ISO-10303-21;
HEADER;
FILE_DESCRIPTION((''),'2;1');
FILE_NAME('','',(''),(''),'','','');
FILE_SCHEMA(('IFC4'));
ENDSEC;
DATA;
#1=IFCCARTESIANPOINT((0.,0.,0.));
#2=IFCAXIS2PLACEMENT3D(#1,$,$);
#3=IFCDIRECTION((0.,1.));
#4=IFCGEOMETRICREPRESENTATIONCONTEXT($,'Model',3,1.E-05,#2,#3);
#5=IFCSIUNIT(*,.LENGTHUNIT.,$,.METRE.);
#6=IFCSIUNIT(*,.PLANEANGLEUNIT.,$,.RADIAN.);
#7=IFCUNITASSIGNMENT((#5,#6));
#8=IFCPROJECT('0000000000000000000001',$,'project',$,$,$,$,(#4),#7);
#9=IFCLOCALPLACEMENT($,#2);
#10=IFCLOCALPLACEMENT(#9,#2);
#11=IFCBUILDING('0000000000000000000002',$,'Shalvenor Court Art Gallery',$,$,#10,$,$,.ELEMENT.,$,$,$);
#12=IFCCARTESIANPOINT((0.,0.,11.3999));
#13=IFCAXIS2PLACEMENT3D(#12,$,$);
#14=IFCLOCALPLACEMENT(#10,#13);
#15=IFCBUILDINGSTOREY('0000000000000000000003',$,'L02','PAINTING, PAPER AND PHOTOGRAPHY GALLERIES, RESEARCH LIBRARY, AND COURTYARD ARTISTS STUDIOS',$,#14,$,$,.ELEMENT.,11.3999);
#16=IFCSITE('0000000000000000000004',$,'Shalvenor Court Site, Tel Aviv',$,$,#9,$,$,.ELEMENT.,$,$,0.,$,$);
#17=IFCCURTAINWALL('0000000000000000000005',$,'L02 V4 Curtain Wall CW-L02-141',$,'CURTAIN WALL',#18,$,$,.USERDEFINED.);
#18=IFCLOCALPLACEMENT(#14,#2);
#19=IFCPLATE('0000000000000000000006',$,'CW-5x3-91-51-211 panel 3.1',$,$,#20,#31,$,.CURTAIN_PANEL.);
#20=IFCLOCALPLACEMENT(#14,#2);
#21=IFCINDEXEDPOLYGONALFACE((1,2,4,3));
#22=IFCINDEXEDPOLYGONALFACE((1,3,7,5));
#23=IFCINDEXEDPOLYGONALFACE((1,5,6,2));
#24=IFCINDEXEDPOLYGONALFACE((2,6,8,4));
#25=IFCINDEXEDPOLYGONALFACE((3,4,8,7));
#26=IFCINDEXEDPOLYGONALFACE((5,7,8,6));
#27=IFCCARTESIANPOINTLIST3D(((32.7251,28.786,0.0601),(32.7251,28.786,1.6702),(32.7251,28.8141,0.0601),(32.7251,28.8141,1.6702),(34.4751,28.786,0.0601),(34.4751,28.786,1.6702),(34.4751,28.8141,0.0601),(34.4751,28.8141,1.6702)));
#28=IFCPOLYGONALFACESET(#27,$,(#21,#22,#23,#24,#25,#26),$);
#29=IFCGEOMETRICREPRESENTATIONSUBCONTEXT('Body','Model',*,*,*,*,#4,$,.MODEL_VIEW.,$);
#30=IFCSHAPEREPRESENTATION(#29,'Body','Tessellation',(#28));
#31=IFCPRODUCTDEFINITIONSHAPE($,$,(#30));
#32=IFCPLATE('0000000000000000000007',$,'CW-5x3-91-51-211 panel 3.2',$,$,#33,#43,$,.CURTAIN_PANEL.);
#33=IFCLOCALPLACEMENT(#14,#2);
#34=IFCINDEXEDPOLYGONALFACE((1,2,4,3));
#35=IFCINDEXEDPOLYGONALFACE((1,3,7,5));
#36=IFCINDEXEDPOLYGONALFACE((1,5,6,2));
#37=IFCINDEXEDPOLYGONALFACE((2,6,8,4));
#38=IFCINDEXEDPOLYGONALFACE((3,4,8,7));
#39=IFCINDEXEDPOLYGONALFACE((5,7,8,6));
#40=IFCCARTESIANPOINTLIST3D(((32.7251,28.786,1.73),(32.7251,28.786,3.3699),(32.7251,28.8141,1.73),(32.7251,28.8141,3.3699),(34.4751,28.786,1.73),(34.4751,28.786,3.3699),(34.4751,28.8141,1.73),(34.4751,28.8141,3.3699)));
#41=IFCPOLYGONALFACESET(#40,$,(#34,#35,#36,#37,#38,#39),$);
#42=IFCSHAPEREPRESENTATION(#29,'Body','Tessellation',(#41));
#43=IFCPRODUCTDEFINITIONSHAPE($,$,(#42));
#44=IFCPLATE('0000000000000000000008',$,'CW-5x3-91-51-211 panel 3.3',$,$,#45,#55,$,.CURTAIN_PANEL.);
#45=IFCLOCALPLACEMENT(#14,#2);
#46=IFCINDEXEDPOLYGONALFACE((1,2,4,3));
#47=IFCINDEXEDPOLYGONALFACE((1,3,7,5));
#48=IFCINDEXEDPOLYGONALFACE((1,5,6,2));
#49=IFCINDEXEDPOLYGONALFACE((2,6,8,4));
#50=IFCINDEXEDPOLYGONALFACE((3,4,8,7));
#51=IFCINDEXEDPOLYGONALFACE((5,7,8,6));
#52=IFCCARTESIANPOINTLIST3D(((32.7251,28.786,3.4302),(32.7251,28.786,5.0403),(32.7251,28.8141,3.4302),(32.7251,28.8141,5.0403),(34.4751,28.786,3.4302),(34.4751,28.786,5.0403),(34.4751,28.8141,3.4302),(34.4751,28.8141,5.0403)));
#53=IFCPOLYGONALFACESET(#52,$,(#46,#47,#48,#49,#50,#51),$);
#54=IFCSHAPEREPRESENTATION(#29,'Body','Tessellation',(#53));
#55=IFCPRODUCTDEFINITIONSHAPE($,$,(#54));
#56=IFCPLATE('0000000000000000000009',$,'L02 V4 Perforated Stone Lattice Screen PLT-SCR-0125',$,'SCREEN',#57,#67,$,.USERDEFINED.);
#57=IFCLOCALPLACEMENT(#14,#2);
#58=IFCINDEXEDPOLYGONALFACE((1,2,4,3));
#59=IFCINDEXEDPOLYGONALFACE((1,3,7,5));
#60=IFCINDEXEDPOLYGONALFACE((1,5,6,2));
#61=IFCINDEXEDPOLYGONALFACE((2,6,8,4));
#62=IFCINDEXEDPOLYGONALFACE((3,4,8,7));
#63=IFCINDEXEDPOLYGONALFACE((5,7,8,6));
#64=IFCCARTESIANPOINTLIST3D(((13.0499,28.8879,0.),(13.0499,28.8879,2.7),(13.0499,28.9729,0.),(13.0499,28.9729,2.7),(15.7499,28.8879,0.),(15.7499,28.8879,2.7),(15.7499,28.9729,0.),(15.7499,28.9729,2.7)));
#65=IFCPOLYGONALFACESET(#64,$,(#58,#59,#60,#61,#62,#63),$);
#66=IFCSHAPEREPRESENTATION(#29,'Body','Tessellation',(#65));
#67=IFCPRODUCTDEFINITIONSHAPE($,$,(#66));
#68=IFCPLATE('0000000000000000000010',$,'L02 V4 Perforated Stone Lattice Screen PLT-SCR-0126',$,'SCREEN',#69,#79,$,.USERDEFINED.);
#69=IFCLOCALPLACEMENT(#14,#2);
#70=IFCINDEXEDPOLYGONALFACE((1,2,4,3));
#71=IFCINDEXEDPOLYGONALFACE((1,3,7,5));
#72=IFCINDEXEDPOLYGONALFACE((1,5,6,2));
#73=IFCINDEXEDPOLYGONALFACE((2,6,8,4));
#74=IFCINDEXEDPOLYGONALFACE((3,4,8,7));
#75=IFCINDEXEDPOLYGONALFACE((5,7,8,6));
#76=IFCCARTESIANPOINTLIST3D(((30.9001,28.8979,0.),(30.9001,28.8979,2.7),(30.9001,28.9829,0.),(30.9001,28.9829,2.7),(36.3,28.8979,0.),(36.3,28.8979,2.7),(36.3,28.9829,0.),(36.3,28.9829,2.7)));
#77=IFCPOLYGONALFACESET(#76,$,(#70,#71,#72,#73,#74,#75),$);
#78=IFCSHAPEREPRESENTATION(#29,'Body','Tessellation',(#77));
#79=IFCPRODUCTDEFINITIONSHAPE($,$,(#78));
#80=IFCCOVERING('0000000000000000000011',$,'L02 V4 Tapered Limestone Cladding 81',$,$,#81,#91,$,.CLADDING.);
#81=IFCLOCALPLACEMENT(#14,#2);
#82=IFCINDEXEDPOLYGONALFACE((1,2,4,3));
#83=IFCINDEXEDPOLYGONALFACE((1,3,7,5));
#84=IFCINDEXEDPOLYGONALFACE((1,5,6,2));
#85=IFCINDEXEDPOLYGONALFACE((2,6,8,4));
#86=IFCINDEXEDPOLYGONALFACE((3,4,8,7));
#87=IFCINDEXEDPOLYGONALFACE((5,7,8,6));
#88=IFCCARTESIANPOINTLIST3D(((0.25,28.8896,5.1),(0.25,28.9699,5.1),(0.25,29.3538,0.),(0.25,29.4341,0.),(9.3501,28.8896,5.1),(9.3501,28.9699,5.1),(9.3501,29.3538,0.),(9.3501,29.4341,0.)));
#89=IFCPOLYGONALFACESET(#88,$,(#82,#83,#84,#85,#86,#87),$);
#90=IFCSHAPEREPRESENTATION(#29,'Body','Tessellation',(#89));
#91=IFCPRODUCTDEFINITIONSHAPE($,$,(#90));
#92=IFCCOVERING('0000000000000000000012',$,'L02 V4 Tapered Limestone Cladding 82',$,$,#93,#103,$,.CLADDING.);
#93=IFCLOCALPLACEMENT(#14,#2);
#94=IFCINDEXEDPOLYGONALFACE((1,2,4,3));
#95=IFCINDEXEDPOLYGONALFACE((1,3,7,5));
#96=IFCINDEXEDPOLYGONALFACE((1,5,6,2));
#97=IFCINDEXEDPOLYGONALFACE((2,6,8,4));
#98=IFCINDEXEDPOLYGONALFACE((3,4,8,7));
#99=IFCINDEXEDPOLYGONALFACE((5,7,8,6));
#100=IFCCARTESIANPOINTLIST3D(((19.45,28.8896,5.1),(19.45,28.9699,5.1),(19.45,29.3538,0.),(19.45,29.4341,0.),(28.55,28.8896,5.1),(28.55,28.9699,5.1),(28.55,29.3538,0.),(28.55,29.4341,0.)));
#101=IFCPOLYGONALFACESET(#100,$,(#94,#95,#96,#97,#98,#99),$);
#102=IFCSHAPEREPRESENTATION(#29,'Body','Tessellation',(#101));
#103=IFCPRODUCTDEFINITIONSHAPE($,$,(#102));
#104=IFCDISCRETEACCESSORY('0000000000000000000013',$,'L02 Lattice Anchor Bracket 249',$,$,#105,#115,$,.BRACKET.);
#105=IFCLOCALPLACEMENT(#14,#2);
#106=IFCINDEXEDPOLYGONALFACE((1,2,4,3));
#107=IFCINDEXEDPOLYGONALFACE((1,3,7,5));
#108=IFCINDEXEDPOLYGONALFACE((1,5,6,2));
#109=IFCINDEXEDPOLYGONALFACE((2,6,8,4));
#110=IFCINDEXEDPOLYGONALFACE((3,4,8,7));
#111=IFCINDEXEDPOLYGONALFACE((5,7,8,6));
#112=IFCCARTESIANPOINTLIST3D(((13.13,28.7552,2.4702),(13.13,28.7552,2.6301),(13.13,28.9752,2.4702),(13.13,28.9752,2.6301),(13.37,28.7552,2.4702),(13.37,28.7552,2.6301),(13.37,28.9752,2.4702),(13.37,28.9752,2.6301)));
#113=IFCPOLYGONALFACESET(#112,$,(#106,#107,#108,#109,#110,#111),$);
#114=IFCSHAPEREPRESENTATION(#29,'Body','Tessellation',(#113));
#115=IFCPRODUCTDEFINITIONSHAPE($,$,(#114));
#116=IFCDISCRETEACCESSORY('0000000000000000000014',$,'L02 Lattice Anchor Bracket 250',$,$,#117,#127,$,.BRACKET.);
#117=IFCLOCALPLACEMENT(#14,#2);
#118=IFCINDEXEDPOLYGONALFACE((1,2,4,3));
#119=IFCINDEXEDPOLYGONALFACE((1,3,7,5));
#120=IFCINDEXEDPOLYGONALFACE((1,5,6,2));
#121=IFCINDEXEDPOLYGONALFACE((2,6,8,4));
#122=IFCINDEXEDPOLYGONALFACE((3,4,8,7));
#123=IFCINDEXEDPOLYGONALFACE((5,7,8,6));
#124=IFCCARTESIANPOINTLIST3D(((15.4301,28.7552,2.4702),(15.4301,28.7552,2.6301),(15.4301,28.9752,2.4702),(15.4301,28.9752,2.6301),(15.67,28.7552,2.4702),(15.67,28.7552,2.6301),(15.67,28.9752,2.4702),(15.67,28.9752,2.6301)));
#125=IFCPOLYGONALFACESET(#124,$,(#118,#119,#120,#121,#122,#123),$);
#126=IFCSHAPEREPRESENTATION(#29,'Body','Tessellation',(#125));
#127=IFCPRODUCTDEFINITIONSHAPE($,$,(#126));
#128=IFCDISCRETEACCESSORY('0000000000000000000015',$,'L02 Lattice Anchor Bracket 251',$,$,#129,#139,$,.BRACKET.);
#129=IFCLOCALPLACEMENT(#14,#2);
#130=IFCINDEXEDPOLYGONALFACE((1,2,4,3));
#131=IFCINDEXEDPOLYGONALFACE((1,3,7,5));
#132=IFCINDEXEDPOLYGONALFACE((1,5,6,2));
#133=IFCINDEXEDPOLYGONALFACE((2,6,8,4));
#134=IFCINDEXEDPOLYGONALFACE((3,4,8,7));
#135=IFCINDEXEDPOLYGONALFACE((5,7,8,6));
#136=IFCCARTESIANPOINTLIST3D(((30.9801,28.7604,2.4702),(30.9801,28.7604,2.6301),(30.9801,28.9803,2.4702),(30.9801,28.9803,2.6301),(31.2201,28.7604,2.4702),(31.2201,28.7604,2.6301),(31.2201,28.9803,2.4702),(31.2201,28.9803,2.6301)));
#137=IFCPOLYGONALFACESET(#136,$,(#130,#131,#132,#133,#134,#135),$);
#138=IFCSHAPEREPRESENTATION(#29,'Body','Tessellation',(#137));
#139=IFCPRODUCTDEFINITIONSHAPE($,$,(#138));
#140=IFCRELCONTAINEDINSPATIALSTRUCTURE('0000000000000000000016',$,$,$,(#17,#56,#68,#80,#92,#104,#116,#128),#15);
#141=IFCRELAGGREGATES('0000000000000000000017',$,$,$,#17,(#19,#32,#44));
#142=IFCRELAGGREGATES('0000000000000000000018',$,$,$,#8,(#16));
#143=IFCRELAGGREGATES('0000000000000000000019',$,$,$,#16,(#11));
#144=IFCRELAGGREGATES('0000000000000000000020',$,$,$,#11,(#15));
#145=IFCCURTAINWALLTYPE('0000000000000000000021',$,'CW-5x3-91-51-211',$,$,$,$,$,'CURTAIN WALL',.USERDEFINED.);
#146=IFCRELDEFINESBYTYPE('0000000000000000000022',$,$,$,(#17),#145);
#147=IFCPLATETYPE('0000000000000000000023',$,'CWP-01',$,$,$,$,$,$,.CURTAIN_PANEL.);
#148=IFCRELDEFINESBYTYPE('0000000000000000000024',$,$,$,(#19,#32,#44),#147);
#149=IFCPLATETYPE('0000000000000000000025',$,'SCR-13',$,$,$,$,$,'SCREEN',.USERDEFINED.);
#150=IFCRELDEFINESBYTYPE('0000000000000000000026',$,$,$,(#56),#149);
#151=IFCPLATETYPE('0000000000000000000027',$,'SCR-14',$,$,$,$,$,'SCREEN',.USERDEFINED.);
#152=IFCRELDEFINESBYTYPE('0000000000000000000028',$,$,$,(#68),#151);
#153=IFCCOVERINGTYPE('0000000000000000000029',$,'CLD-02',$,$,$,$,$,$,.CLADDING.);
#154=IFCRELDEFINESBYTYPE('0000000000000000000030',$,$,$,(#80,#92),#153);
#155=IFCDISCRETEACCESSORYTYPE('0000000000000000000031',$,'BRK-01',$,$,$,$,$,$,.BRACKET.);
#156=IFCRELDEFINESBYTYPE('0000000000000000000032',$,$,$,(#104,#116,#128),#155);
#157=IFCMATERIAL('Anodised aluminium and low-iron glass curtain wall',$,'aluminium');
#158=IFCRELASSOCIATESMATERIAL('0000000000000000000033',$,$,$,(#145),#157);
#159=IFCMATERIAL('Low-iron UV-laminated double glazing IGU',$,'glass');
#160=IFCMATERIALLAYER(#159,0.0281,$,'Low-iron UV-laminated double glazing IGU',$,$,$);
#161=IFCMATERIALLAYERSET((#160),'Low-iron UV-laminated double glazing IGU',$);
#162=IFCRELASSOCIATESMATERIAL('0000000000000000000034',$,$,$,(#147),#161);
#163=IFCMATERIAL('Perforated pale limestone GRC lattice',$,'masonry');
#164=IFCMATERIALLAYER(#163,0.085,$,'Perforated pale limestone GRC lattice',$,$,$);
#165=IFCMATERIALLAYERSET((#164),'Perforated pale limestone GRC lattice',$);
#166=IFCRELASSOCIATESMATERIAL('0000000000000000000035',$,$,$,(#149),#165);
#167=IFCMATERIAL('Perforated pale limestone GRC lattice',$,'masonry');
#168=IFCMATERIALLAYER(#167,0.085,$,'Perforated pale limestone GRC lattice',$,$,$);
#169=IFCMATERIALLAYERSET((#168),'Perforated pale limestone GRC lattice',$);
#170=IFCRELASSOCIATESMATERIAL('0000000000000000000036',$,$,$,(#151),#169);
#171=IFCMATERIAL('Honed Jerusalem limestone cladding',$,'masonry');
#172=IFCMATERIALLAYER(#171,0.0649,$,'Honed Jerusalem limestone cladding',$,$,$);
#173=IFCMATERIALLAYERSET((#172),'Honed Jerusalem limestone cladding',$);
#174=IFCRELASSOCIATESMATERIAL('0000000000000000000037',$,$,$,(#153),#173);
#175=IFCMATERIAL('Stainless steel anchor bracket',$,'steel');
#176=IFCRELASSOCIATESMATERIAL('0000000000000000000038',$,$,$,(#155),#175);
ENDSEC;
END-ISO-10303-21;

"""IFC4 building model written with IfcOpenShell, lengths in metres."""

from ifc_helpers import new_model, si_unit, direction, frame, origin, origin_2d, place, context, subcontext, project, spatial, polyline, rectangle, outline, extrude, material, layer, layer_set, type_object, element, aggregate, save


model = new_model("IFC4")

# Units and contexts
model_context = context("Model", 3, precision=1e-05, world=origin(), true_north=direction((0.0, 1.0)))
body_context = subcontext(model_context, "Body", "Model", "MODEL_VIEW")
ifc_project = project(units=[si_unit("LENGTHUNIT", "METRE"), si_unit("PLANEANGLEUNIT", "RADIAN")], contexts=[model_context])

# Site, building, storey
site_placement = place(None, origin())
site = spatial("IfcSite", under=ifc_project, at=site_placement, Name="Shalvenor Court Site, Tel Aviv", CompositionType="ELEMENT", RefElevation=0.0)
building_placement = place(site_placement, origin())
building = spatial("IfcBuilding", under=site, at=building_placement, Name="Shalvenor Court Art Gallery", CompositionType="ELEMENT")
storey_placement = place(building_placement, frame((0.0, 0.0, 11.3999)))
storey = spatial("IfcBuildingStorey", under=building, at=storey_placement, Name="L02", Description="PAINTING, PAPER AND PHOTOGRAPHY GALLERIES, RESEARCH LIBRARY, AND COURTYARD ARTISTS STUDIOS", CompositionType="ELEMENT", Elevation=11.3999)

# Curtain wall, plates
ifc_material_1 = material(Name="Anodised aluminium and low-iron glass curtain wall", Category="aluminium")
curtain_wall_type = type_object("IfcCurtainWallType", Name="CW-5x3-91-51-211", ElementType="CURTAIN WALL", PredefinedType="USERDEFINED", material=ifc_material_1)
curtain_wall_placement = place(storey_placement, origin())
curtain_wall = element("IfcCurtainWall", 1, at=curtain_wall_placement, inside=storey, type_object=curtain_wall_type, Name="L02 V4 Curtain Wall CW-L02-141", ObjectType="CURTAIN WALL", PredefinedType="USERDEFINED")
ifc_material_2 = material(Name="Low-iron UV-laminated double glazing IGU", Category="glass")
ifc_layer_1 = layer(ifc_material_2, 0.0281, Name="Low-iron UV-laminated double glazing IGU")
ifc_layer_set_1 = layer_set([ifc_layer_1], Name="Low-iron UV-laminated double glazing IGU")
plate_type_1 = type_object("IfcPlateType", Name="CWP-01", PredefinedType="CURTAIN_PANEL", material=ifc_layer_set_1)
plate_1_placement = place(storey_placement, frame((33.6001, 28.8, 0.0601), z_axis=(0.0, 0.0, 1.0), x_axis=(1.0, 0.0, 0.0)))
plate_1 = element("IfcPlate", 2, at=plate_1_placement, type_object=plate_type_1, Name="CW-5x3-91-51-211 panel 3.1", PredefinedType="CURTAIN_PANEL", context=body_context, shape_type="SweptSolid", body=[
    extrude(rectangle(XDim=1.75, YDim=0.0281, at=origin_2d()), origin(), (0.0, 0.0, 1.0), 1.6101),
])
plate_2_placement = place(storey_placement, frame((33.6001, 28.8, 1.73), z_axis=(0.0, 0.0, 1.0), x_axis=(1.0, 0.0, 0.0)))
plate_2 = element("IfcPlate", 3, at=plate_2_placement, type_object=plate_type_1, Name="CW-5x3-91-51-211 panel 3.2", PredefinedType="CURTAIN_PANEL", context=body_context, shape_type="SweptSolid", body=[
    extrude(rectangle(XDim=1.75, YDim=0.0281, at=origin_2d()), origin(), (0.0, 0.0, 1.0), 1.6399),
])
plate_3_placement = place(storey_placement, frame((33.6001, 28.8, 3.4302), z_axis=(0.0, 0.0, 1.0), x_axis=(1.0, 0.0, 0.0)))
plate_3 = element("IfcPlate", 4, at=plate_3_placement, type_object=plate_type_1, Name="CW-5x3-91-51-211 panel 3.3", PredefinedType="CURTAIN_PANEL", context=body_context, shape_type="SweptSolid", body=[
    extrude(rectangle(XDim=1.75, YDim=0.0281, at=origin_2d()), origin(), (0.0, 0.0, 1.0), 1.6101),
])
aggregate(curtain_wall, [plate_1, plate_2, plate_3])

# Plates
ifc_material_3 = material(Name="Perforated pale limestone GRC lattice", Category="masonry")
ifc_layer_2 = layer(ifc_material_3, 0.085, Name="Perforated pale limestone GRC lattice")
ifc_layer_set_2 = layer_set([ifc_layer_2], Name="Perforated pale limestone GRC lattice")
plate_type_2 = type_object("IfcPlateType", Name="SCR-13", ElementType="SCREEN", PredefinedType="USERDEFINED", material=ifc_layer_set_2)
plate_4_placement = place(storey_placement, frame((14.3999, 28.9304, 0.0), z_axis=(0.0, 0.0, 1.0), x_axis=(1.0, 0.0, 0.0)))
element("IfcPlate", 5, at=plate_4_placement, inside=storey, type_object=plate_type_2, Name="L02 V4 Perforated Stone Lattice Screen PLT-SCR-0125", ObjectType="SCREEN", PredefinedType="USERDEFINED", context=body_context, shape_type="SweptSolid", body=[
    extrude(rectangle(XDim=2.7, YDim=0.085, at=origin_2d()), origin(), (0.0, 0.0, 1.0), 2.7),
])
ifc_material_4 = material(Name="Perforated pale limestone GRC lattice", Category="masonry")
ifc_layer_3 = layer(ifc_material_4, 0.085, Name="Perforated pale limestone GRC lattice")
ifc_layer_set_3 = layer_set([ifc_layer_3], Name="Perforated pale limestone GRC lattice")
plate_type_3 = type_object("IfcPlateType", Name="SCR-14", ElementType="SCREEN", PredefinedType="USERDEFINED", material=ifc_layer_set_3)
plate_5_placement = place(storey_placement, frame((33.6001, 28.9404, 0.0), z_axis=(0.0, 0.0, 1.0), x_axis=(1.0, 0.0, 0.0)))
element("IfcPlate", 6, at=plate_5_placement, inside=storey, type_object=plate_type_3, Name="L02 V4 Perforated Stone Lattice Screen PLT-SCR-0126", ObjectType="SCREEN", PredefinedType="USERDEFINED", context=body_context, shape_type="SweptSolid", body=[
    extrude(rectangle(XDim=5.3999, YDim=0.085, at=origin_2d()), origin(), (0.0, 0.0, 1.0), 2.7),
])

# Coverings
ifc_material_5 = material(Name="Honed Jerusalem limestone cladding", Category="masonry")
ifc_layer_4 = layer(ifc_material_5, 0.0649, Name="Honed Jerusalem limestone cladding")
ifc_layer_set_4 = layer_set([ifc_layer_4], Name="Honed Jerusalem limestone cladding")
covering_type = type_object("IfcCoveringType", Name="CLD-02", PredefinedType="CLADDING", material=ifc_layer_set_4)
for number, where, z_axis, x_axis, name in (
    (7, (9.3501, 29.4341, 0.0), (0.0, 0.0, 1.0), (-1.0, 0.0, 0.0), "L02 V4 Tapered Limestone Cladding 81"),
    (8, (28.55, 29.4341, 0.0), (0.0, 0.0, 1.0), (-1.0, 0.0, 0.0), "L02 V4 Tapered Limestone Cladding 82"),
):
    element("IfcCovering", number, at=place(storey_placement, frame(where, z_axis=z_axis, x_axis=x_axis)), inside=storey, type_object=covering_type, Name=name, PredefinedType="CLADDING", context=body_context, shape_type="SweptSolid", body=[
        extrude(outline(polyline([(0.0, 0.0), (9.1001, 0.0), (9.1001, 5.1211), (0.0, 5.1211), (0.0, 0.0)])), frame((0.0, 0.0, 0.0), z_axis=(0.0, -0.995884, 0.090633), x_axis=(1.0, 0.0, 0.0)), (0.0, 0.090633, -0.995884), 0.0803),
    ])

# Discrete accessories
ifc_material_6 = material(Name="Stainless steel anchor bracket", Category="steel")
discrete_accessory_type = type_object("IfcDiscreteAccessoryType", Name="BRK-01", PredefinedType="BRACKET", material=ifc_material_6)
for number, where, z_axis, x_axis, name in (
    (9, (13.25, 28.8652, 2.4702), (0.0, 0.0, 1.0), (1.0, 0.0, 0.0), "L02 Lattice Anchor Bracket 249"),
    (10, (15.55, 28.8652, 2.4702), (0.0, 0.0, 1.0), (1.0, 0.0, 0.0), "L02 Lattice Anchor Bracket 250"),
    (11, (31.1001, 28.8704, 2.4702), (0.0, 0.0, 1.0), (1.0, 0.0, 0.0), "L02 Lattice Anchor Bracket 251"),
):
    element("IfcDiscreteAccessory", number, at=place(storey_placement, frame(where, z_axis=z_axis, x_axis=x_axis)), inside=storey, type_object=discrete_accessory_type, Name=name, PredefinedType="BRACKET", context=body_context, shape_type="SweptSolid", body=[
        extrude(rectangle(XDim=0.24, YDim=0.22, at=origin_2d()), origin(), (0.0, 0.0, 1.0), 0.1599),
    ])

save(model, "model.ifc")
